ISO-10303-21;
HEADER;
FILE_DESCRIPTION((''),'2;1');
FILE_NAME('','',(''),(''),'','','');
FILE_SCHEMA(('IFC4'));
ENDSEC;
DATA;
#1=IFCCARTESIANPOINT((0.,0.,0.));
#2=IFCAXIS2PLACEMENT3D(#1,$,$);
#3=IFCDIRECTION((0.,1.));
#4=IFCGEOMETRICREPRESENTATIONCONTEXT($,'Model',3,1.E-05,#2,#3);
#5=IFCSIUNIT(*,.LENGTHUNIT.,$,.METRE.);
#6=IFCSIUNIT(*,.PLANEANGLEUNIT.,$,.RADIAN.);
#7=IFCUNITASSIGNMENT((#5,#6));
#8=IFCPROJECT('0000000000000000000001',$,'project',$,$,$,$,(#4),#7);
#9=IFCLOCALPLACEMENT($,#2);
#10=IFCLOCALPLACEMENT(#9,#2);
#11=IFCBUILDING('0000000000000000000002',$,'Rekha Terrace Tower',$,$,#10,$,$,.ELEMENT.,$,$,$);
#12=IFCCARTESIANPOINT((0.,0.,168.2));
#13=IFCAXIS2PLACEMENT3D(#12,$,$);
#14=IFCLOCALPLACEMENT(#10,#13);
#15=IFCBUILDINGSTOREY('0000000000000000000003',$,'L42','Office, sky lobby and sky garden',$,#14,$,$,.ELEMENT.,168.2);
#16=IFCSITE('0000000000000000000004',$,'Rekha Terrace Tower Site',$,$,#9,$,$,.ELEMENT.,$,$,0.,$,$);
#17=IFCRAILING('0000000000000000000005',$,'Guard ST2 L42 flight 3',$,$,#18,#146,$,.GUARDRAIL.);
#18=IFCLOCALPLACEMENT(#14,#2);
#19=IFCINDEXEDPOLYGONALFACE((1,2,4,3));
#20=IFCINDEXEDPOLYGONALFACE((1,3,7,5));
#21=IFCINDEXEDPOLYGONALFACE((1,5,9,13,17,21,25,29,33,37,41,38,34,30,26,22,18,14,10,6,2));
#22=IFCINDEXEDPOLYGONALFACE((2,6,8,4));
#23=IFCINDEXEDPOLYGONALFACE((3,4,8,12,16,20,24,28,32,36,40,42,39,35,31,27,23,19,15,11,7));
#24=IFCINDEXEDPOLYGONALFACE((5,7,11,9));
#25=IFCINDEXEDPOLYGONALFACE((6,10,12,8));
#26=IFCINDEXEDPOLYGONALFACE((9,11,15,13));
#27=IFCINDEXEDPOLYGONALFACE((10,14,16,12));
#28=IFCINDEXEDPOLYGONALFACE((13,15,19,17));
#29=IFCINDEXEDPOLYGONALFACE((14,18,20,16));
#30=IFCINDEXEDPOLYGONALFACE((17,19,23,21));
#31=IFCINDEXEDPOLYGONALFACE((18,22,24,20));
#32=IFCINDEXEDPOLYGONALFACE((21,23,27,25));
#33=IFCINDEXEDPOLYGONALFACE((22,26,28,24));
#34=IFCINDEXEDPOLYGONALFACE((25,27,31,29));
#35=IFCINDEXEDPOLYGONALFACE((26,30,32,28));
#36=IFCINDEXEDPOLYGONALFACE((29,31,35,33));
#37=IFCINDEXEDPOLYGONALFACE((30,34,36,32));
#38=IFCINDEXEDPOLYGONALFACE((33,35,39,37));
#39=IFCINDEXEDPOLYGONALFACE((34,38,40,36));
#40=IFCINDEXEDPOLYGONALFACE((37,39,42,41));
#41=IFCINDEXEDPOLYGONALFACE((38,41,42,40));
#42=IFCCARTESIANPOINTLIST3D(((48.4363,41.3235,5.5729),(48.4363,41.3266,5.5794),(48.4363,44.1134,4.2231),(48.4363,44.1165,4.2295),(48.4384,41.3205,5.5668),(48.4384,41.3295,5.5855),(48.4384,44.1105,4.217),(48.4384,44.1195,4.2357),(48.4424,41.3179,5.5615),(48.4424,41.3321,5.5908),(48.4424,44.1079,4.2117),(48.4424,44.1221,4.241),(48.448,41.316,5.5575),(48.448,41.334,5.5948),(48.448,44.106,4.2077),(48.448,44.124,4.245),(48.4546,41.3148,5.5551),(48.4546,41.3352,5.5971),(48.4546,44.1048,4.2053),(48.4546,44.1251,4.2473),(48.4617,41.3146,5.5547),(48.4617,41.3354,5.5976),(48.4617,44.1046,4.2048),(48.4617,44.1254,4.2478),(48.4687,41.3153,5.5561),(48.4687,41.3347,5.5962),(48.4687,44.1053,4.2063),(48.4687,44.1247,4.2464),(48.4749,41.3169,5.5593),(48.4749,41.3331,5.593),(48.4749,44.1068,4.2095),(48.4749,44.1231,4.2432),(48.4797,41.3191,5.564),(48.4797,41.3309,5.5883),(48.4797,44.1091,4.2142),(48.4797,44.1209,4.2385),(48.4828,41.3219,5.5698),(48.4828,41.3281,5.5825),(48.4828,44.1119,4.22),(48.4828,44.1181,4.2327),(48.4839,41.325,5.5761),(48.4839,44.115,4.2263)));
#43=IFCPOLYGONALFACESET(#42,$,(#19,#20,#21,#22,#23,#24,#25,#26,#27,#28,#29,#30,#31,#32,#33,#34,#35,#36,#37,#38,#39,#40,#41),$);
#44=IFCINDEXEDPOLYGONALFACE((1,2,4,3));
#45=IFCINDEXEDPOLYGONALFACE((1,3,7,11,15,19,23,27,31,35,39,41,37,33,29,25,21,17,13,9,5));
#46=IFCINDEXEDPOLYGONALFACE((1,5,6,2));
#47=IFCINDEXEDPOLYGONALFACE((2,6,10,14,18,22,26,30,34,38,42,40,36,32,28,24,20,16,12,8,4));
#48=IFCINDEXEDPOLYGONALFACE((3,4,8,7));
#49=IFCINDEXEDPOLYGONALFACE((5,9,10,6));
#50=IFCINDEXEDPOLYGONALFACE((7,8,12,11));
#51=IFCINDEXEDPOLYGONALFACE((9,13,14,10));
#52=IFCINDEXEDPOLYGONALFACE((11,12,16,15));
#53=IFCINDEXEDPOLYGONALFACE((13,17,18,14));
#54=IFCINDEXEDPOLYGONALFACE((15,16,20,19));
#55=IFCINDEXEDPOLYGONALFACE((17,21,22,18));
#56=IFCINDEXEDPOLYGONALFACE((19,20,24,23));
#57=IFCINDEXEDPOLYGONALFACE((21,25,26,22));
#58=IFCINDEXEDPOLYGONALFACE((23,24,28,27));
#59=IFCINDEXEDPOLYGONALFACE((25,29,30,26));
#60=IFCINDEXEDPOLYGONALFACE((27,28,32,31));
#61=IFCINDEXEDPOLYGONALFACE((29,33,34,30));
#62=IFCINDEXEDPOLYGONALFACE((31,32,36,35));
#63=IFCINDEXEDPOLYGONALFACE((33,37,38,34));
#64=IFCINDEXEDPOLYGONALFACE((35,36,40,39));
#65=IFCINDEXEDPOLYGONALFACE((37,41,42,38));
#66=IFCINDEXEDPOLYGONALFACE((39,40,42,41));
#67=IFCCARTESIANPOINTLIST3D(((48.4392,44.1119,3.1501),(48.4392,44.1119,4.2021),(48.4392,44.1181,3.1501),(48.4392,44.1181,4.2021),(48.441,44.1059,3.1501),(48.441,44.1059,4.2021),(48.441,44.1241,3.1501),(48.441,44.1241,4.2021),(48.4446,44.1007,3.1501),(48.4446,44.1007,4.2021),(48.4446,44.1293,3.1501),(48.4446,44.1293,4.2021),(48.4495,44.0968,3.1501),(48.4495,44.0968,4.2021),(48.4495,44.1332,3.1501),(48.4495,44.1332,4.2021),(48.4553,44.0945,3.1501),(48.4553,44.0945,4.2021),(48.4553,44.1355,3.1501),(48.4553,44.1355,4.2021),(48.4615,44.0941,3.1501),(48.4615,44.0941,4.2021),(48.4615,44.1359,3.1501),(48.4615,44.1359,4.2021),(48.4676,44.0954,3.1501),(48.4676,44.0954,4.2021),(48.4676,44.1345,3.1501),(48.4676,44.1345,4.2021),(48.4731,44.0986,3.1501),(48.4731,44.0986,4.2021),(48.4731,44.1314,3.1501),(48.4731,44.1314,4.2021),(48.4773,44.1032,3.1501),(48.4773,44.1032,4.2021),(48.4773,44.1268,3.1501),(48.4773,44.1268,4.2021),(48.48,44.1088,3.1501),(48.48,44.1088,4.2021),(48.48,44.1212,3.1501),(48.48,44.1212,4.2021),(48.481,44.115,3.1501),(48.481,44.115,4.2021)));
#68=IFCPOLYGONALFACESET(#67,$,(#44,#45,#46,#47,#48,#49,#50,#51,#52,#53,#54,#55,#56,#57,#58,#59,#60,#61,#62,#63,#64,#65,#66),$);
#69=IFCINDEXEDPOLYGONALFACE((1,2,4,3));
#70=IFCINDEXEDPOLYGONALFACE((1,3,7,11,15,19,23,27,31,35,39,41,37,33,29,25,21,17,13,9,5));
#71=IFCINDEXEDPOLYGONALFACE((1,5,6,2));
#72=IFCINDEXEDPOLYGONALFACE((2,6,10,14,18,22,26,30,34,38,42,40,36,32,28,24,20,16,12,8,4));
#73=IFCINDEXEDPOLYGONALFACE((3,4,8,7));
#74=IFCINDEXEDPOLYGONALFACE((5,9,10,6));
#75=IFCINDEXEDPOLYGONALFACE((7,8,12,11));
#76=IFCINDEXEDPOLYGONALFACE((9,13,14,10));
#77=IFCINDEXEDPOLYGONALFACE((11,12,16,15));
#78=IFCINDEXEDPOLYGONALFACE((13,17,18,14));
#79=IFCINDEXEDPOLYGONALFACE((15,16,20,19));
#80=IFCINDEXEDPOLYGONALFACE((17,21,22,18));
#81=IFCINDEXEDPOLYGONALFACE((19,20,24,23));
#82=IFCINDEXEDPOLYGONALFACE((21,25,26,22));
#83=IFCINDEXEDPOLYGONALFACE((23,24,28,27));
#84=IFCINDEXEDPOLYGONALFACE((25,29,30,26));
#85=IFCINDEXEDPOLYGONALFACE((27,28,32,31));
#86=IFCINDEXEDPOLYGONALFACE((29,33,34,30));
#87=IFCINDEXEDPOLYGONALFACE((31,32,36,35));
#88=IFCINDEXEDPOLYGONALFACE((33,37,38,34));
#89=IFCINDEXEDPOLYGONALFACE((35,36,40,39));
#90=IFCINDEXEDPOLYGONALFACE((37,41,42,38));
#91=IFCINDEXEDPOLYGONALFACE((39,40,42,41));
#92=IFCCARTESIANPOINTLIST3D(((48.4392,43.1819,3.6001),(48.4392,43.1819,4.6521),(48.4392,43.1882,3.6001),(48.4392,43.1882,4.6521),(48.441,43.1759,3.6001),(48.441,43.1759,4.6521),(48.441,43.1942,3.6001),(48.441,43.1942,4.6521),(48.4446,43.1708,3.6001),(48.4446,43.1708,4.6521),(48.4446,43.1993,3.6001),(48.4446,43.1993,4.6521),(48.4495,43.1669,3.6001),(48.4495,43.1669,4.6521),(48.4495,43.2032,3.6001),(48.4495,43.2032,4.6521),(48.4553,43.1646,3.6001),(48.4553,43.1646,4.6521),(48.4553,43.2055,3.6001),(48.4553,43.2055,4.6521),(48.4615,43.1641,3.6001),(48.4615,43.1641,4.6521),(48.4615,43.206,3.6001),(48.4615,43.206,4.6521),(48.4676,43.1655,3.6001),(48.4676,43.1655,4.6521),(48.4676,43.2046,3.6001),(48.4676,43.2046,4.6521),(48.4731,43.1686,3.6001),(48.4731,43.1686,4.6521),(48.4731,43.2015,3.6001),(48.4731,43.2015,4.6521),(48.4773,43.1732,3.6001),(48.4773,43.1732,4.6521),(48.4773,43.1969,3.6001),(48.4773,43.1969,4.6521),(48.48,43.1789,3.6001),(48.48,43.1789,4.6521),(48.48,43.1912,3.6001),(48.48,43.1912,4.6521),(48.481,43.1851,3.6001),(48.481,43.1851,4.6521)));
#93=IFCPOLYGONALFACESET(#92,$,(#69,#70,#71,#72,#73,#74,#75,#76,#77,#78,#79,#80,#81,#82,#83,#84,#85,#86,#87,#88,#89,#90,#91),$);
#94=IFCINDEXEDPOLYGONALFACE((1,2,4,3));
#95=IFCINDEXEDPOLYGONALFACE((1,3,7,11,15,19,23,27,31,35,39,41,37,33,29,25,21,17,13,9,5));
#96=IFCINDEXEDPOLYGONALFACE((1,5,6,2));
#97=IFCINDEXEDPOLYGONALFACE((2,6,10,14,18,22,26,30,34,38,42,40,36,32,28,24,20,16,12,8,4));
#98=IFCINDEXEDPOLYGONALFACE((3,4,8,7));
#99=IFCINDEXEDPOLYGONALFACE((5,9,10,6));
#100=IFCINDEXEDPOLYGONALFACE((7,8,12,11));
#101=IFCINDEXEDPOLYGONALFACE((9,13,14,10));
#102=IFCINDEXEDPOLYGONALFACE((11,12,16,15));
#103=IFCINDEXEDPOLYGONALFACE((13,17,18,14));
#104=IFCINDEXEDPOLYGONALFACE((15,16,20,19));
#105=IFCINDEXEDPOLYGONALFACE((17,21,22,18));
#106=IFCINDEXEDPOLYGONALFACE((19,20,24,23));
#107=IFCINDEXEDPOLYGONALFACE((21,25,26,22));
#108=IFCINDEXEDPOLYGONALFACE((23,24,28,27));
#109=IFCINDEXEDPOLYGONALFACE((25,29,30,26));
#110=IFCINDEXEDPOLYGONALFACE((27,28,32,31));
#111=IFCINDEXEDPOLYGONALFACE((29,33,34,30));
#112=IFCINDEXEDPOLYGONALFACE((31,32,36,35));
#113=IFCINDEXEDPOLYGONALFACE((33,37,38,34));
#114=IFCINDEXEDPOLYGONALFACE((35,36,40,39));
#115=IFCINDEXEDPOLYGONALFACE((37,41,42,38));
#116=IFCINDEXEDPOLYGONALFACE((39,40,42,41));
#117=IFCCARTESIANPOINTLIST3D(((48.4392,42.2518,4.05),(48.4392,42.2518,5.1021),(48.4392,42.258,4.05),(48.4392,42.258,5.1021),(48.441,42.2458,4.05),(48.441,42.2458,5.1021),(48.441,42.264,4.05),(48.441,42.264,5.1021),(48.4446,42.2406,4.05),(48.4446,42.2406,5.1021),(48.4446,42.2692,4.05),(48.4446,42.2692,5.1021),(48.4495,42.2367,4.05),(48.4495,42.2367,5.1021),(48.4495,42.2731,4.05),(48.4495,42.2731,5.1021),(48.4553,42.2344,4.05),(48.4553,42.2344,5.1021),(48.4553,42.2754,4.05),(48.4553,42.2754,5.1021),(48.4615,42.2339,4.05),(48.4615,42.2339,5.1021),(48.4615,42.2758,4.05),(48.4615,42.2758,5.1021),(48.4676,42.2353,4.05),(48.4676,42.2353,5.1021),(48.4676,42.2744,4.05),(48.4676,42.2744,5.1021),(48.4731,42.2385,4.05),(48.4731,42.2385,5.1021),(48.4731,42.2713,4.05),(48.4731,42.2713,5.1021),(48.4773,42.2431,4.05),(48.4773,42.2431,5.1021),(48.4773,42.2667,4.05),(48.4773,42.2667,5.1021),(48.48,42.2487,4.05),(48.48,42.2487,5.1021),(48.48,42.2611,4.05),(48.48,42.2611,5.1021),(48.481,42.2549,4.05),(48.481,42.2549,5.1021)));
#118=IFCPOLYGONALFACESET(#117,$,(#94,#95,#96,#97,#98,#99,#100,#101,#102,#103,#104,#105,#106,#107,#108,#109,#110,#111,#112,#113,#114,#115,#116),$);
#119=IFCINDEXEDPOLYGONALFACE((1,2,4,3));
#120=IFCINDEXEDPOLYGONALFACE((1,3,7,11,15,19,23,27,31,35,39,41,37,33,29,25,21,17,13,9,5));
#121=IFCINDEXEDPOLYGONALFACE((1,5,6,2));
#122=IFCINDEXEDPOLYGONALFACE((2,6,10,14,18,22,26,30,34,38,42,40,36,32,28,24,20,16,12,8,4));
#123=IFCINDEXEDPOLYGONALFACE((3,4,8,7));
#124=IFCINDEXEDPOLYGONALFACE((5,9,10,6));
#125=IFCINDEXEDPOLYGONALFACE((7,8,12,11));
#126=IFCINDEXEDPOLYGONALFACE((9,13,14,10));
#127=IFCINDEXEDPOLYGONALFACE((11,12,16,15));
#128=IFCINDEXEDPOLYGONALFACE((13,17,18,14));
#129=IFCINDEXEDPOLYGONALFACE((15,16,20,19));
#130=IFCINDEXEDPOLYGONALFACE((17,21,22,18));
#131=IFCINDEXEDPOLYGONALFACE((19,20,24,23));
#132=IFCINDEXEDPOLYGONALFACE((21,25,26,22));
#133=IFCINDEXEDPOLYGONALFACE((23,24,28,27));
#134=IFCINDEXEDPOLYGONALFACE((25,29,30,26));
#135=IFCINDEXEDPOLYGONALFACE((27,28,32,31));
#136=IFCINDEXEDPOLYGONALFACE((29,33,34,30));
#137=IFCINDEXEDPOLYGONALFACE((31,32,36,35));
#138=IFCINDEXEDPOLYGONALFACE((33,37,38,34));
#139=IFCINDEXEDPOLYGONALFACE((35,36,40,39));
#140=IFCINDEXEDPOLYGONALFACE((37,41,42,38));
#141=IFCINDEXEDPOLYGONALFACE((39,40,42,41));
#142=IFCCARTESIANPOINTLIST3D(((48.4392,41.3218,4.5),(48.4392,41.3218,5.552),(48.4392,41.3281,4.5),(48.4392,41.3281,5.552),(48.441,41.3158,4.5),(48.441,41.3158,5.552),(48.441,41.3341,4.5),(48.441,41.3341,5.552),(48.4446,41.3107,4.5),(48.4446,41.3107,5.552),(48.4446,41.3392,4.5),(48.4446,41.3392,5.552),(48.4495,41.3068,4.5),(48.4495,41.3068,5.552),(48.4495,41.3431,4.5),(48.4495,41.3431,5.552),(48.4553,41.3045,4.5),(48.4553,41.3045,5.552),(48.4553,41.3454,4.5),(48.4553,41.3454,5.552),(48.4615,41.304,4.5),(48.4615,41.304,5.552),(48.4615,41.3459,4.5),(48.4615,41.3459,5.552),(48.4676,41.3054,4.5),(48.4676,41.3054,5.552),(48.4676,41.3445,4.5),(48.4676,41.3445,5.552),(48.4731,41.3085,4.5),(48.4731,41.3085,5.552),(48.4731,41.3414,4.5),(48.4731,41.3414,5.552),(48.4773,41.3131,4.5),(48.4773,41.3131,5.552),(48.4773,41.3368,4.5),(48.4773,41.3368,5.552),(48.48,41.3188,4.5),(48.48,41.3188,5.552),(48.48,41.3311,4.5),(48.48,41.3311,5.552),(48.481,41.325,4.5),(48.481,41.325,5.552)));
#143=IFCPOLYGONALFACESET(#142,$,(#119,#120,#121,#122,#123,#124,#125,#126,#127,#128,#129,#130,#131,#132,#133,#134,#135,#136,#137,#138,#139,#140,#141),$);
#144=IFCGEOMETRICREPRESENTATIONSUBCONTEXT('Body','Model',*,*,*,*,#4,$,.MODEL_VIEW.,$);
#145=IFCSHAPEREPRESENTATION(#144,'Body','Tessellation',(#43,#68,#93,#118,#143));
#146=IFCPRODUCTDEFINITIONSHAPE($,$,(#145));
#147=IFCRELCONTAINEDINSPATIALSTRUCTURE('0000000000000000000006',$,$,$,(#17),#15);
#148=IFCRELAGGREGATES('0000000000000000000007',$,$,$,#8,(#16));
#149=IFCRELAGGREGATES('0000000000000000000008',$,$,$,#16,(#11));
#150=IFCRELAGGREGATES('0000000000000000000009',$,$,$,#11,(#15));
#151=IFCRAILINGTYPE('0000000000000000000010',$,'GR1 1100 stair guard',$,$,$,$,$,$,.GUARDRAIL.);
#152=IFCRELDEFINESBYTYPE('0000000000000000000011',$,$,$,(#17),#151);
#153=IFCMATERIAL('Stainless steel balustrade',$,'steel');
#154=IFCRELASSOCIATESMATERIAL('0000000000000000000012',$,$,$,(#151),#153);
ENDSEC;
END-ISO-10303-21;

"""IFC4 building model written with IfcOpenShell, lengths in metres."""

from ifc_helpers import new_model, si_unit, direction, frame, origin, origin_2d, place, context, subcontext, project, spatial, circle, extrude, material, type_object, element, save


model = new_model("IFC4")

# Units and contexts
model_context = context("Model", 3, precision=1e-05, world=origin(), true_north=direction((0.0, 1.0)))
body_context = subcontext(model_context, "Body", "Model", "MODEL_VIEW")
ifc_project = project(units=[si_unit("LENGTHUNIT", "METRE"), si_unit("PLANEANGLEUNIT", "RADIAN")], contexts=[model_context])

# Site, building, storey
site_placement = place(None, origin())
site = spatial("IfcSite", under=ifc_project, at=site_placement, Name="Rekha Terrace Tower Site", CompositionType="ELEMENT", RefElevation=0.0)
building_placement = place(site_placement, origin())
building = spatial("IfcBuilding", under=site, at=building_placement, Name="Rekha Terrace Tower", CompositionType="ELEMENT")
storey_placement = place(building_placement, frame((0.0, 0.0, 168.2)))
storey = spatial("IfcBuildingStorey", under=building, at=storey_placement, Name="L42", Description="Office, sky lobby and sky garden", CompositionType="ELEMENT", Elevation=168.2)

# Railing
ifc_material_1 = material(Name="Stainless steel balustrade", Category="steel")
railing_type_1 = type_object("IfcRailingType", Name="GR1 1100 stair guard", PredefinedType="GUARDRAIL", material=ifc_material_1)
railing_1_placement = place(storey_placement, frame((48.46, 44.115, 3.1501)))
element("IfcRailing", 1, at=railing_1_placement, inside=storey, type_object=railing_type_1, Name="Guard ST2 L42 flight 3", PredefinedType="GUARDRAIL", context=body_context, shape_type="SweptSolid", body=[
    extrude(circle(Radius=0.0239, at=origin_2d()), frame((0.0, 0.0, 1.0762), z_axis=(0.0, -0.90018, 0.435518), x_axis=(1.0, 0.0, 0.0)), (0.0, 0.0, 1.0), 3.0994),
    extrude(circle(Radius=0.021, at=origin_2d()), origin(), (0.0, 0.0, 1.0), 1.052),
    extrude(circle(Radius=0.021, at=origin_2d()), frame((0.0, -0.9299, 0.45)), (0.0, 0.0, 1.0), 1.052),
    extrude(circle(Radius=0.021, at=origin_2d()), frame((0.0, -1.8601, 0.8999)), (0.0, 0.0, 1.0), 1.052),
    extrude(circle(Radius=0.021, at=origin_2d()), frame((0.0, -2.79, 1.3499)), (0.0, 0.0, 1.0), 1.052),
])

save(model, "model.ifc")
